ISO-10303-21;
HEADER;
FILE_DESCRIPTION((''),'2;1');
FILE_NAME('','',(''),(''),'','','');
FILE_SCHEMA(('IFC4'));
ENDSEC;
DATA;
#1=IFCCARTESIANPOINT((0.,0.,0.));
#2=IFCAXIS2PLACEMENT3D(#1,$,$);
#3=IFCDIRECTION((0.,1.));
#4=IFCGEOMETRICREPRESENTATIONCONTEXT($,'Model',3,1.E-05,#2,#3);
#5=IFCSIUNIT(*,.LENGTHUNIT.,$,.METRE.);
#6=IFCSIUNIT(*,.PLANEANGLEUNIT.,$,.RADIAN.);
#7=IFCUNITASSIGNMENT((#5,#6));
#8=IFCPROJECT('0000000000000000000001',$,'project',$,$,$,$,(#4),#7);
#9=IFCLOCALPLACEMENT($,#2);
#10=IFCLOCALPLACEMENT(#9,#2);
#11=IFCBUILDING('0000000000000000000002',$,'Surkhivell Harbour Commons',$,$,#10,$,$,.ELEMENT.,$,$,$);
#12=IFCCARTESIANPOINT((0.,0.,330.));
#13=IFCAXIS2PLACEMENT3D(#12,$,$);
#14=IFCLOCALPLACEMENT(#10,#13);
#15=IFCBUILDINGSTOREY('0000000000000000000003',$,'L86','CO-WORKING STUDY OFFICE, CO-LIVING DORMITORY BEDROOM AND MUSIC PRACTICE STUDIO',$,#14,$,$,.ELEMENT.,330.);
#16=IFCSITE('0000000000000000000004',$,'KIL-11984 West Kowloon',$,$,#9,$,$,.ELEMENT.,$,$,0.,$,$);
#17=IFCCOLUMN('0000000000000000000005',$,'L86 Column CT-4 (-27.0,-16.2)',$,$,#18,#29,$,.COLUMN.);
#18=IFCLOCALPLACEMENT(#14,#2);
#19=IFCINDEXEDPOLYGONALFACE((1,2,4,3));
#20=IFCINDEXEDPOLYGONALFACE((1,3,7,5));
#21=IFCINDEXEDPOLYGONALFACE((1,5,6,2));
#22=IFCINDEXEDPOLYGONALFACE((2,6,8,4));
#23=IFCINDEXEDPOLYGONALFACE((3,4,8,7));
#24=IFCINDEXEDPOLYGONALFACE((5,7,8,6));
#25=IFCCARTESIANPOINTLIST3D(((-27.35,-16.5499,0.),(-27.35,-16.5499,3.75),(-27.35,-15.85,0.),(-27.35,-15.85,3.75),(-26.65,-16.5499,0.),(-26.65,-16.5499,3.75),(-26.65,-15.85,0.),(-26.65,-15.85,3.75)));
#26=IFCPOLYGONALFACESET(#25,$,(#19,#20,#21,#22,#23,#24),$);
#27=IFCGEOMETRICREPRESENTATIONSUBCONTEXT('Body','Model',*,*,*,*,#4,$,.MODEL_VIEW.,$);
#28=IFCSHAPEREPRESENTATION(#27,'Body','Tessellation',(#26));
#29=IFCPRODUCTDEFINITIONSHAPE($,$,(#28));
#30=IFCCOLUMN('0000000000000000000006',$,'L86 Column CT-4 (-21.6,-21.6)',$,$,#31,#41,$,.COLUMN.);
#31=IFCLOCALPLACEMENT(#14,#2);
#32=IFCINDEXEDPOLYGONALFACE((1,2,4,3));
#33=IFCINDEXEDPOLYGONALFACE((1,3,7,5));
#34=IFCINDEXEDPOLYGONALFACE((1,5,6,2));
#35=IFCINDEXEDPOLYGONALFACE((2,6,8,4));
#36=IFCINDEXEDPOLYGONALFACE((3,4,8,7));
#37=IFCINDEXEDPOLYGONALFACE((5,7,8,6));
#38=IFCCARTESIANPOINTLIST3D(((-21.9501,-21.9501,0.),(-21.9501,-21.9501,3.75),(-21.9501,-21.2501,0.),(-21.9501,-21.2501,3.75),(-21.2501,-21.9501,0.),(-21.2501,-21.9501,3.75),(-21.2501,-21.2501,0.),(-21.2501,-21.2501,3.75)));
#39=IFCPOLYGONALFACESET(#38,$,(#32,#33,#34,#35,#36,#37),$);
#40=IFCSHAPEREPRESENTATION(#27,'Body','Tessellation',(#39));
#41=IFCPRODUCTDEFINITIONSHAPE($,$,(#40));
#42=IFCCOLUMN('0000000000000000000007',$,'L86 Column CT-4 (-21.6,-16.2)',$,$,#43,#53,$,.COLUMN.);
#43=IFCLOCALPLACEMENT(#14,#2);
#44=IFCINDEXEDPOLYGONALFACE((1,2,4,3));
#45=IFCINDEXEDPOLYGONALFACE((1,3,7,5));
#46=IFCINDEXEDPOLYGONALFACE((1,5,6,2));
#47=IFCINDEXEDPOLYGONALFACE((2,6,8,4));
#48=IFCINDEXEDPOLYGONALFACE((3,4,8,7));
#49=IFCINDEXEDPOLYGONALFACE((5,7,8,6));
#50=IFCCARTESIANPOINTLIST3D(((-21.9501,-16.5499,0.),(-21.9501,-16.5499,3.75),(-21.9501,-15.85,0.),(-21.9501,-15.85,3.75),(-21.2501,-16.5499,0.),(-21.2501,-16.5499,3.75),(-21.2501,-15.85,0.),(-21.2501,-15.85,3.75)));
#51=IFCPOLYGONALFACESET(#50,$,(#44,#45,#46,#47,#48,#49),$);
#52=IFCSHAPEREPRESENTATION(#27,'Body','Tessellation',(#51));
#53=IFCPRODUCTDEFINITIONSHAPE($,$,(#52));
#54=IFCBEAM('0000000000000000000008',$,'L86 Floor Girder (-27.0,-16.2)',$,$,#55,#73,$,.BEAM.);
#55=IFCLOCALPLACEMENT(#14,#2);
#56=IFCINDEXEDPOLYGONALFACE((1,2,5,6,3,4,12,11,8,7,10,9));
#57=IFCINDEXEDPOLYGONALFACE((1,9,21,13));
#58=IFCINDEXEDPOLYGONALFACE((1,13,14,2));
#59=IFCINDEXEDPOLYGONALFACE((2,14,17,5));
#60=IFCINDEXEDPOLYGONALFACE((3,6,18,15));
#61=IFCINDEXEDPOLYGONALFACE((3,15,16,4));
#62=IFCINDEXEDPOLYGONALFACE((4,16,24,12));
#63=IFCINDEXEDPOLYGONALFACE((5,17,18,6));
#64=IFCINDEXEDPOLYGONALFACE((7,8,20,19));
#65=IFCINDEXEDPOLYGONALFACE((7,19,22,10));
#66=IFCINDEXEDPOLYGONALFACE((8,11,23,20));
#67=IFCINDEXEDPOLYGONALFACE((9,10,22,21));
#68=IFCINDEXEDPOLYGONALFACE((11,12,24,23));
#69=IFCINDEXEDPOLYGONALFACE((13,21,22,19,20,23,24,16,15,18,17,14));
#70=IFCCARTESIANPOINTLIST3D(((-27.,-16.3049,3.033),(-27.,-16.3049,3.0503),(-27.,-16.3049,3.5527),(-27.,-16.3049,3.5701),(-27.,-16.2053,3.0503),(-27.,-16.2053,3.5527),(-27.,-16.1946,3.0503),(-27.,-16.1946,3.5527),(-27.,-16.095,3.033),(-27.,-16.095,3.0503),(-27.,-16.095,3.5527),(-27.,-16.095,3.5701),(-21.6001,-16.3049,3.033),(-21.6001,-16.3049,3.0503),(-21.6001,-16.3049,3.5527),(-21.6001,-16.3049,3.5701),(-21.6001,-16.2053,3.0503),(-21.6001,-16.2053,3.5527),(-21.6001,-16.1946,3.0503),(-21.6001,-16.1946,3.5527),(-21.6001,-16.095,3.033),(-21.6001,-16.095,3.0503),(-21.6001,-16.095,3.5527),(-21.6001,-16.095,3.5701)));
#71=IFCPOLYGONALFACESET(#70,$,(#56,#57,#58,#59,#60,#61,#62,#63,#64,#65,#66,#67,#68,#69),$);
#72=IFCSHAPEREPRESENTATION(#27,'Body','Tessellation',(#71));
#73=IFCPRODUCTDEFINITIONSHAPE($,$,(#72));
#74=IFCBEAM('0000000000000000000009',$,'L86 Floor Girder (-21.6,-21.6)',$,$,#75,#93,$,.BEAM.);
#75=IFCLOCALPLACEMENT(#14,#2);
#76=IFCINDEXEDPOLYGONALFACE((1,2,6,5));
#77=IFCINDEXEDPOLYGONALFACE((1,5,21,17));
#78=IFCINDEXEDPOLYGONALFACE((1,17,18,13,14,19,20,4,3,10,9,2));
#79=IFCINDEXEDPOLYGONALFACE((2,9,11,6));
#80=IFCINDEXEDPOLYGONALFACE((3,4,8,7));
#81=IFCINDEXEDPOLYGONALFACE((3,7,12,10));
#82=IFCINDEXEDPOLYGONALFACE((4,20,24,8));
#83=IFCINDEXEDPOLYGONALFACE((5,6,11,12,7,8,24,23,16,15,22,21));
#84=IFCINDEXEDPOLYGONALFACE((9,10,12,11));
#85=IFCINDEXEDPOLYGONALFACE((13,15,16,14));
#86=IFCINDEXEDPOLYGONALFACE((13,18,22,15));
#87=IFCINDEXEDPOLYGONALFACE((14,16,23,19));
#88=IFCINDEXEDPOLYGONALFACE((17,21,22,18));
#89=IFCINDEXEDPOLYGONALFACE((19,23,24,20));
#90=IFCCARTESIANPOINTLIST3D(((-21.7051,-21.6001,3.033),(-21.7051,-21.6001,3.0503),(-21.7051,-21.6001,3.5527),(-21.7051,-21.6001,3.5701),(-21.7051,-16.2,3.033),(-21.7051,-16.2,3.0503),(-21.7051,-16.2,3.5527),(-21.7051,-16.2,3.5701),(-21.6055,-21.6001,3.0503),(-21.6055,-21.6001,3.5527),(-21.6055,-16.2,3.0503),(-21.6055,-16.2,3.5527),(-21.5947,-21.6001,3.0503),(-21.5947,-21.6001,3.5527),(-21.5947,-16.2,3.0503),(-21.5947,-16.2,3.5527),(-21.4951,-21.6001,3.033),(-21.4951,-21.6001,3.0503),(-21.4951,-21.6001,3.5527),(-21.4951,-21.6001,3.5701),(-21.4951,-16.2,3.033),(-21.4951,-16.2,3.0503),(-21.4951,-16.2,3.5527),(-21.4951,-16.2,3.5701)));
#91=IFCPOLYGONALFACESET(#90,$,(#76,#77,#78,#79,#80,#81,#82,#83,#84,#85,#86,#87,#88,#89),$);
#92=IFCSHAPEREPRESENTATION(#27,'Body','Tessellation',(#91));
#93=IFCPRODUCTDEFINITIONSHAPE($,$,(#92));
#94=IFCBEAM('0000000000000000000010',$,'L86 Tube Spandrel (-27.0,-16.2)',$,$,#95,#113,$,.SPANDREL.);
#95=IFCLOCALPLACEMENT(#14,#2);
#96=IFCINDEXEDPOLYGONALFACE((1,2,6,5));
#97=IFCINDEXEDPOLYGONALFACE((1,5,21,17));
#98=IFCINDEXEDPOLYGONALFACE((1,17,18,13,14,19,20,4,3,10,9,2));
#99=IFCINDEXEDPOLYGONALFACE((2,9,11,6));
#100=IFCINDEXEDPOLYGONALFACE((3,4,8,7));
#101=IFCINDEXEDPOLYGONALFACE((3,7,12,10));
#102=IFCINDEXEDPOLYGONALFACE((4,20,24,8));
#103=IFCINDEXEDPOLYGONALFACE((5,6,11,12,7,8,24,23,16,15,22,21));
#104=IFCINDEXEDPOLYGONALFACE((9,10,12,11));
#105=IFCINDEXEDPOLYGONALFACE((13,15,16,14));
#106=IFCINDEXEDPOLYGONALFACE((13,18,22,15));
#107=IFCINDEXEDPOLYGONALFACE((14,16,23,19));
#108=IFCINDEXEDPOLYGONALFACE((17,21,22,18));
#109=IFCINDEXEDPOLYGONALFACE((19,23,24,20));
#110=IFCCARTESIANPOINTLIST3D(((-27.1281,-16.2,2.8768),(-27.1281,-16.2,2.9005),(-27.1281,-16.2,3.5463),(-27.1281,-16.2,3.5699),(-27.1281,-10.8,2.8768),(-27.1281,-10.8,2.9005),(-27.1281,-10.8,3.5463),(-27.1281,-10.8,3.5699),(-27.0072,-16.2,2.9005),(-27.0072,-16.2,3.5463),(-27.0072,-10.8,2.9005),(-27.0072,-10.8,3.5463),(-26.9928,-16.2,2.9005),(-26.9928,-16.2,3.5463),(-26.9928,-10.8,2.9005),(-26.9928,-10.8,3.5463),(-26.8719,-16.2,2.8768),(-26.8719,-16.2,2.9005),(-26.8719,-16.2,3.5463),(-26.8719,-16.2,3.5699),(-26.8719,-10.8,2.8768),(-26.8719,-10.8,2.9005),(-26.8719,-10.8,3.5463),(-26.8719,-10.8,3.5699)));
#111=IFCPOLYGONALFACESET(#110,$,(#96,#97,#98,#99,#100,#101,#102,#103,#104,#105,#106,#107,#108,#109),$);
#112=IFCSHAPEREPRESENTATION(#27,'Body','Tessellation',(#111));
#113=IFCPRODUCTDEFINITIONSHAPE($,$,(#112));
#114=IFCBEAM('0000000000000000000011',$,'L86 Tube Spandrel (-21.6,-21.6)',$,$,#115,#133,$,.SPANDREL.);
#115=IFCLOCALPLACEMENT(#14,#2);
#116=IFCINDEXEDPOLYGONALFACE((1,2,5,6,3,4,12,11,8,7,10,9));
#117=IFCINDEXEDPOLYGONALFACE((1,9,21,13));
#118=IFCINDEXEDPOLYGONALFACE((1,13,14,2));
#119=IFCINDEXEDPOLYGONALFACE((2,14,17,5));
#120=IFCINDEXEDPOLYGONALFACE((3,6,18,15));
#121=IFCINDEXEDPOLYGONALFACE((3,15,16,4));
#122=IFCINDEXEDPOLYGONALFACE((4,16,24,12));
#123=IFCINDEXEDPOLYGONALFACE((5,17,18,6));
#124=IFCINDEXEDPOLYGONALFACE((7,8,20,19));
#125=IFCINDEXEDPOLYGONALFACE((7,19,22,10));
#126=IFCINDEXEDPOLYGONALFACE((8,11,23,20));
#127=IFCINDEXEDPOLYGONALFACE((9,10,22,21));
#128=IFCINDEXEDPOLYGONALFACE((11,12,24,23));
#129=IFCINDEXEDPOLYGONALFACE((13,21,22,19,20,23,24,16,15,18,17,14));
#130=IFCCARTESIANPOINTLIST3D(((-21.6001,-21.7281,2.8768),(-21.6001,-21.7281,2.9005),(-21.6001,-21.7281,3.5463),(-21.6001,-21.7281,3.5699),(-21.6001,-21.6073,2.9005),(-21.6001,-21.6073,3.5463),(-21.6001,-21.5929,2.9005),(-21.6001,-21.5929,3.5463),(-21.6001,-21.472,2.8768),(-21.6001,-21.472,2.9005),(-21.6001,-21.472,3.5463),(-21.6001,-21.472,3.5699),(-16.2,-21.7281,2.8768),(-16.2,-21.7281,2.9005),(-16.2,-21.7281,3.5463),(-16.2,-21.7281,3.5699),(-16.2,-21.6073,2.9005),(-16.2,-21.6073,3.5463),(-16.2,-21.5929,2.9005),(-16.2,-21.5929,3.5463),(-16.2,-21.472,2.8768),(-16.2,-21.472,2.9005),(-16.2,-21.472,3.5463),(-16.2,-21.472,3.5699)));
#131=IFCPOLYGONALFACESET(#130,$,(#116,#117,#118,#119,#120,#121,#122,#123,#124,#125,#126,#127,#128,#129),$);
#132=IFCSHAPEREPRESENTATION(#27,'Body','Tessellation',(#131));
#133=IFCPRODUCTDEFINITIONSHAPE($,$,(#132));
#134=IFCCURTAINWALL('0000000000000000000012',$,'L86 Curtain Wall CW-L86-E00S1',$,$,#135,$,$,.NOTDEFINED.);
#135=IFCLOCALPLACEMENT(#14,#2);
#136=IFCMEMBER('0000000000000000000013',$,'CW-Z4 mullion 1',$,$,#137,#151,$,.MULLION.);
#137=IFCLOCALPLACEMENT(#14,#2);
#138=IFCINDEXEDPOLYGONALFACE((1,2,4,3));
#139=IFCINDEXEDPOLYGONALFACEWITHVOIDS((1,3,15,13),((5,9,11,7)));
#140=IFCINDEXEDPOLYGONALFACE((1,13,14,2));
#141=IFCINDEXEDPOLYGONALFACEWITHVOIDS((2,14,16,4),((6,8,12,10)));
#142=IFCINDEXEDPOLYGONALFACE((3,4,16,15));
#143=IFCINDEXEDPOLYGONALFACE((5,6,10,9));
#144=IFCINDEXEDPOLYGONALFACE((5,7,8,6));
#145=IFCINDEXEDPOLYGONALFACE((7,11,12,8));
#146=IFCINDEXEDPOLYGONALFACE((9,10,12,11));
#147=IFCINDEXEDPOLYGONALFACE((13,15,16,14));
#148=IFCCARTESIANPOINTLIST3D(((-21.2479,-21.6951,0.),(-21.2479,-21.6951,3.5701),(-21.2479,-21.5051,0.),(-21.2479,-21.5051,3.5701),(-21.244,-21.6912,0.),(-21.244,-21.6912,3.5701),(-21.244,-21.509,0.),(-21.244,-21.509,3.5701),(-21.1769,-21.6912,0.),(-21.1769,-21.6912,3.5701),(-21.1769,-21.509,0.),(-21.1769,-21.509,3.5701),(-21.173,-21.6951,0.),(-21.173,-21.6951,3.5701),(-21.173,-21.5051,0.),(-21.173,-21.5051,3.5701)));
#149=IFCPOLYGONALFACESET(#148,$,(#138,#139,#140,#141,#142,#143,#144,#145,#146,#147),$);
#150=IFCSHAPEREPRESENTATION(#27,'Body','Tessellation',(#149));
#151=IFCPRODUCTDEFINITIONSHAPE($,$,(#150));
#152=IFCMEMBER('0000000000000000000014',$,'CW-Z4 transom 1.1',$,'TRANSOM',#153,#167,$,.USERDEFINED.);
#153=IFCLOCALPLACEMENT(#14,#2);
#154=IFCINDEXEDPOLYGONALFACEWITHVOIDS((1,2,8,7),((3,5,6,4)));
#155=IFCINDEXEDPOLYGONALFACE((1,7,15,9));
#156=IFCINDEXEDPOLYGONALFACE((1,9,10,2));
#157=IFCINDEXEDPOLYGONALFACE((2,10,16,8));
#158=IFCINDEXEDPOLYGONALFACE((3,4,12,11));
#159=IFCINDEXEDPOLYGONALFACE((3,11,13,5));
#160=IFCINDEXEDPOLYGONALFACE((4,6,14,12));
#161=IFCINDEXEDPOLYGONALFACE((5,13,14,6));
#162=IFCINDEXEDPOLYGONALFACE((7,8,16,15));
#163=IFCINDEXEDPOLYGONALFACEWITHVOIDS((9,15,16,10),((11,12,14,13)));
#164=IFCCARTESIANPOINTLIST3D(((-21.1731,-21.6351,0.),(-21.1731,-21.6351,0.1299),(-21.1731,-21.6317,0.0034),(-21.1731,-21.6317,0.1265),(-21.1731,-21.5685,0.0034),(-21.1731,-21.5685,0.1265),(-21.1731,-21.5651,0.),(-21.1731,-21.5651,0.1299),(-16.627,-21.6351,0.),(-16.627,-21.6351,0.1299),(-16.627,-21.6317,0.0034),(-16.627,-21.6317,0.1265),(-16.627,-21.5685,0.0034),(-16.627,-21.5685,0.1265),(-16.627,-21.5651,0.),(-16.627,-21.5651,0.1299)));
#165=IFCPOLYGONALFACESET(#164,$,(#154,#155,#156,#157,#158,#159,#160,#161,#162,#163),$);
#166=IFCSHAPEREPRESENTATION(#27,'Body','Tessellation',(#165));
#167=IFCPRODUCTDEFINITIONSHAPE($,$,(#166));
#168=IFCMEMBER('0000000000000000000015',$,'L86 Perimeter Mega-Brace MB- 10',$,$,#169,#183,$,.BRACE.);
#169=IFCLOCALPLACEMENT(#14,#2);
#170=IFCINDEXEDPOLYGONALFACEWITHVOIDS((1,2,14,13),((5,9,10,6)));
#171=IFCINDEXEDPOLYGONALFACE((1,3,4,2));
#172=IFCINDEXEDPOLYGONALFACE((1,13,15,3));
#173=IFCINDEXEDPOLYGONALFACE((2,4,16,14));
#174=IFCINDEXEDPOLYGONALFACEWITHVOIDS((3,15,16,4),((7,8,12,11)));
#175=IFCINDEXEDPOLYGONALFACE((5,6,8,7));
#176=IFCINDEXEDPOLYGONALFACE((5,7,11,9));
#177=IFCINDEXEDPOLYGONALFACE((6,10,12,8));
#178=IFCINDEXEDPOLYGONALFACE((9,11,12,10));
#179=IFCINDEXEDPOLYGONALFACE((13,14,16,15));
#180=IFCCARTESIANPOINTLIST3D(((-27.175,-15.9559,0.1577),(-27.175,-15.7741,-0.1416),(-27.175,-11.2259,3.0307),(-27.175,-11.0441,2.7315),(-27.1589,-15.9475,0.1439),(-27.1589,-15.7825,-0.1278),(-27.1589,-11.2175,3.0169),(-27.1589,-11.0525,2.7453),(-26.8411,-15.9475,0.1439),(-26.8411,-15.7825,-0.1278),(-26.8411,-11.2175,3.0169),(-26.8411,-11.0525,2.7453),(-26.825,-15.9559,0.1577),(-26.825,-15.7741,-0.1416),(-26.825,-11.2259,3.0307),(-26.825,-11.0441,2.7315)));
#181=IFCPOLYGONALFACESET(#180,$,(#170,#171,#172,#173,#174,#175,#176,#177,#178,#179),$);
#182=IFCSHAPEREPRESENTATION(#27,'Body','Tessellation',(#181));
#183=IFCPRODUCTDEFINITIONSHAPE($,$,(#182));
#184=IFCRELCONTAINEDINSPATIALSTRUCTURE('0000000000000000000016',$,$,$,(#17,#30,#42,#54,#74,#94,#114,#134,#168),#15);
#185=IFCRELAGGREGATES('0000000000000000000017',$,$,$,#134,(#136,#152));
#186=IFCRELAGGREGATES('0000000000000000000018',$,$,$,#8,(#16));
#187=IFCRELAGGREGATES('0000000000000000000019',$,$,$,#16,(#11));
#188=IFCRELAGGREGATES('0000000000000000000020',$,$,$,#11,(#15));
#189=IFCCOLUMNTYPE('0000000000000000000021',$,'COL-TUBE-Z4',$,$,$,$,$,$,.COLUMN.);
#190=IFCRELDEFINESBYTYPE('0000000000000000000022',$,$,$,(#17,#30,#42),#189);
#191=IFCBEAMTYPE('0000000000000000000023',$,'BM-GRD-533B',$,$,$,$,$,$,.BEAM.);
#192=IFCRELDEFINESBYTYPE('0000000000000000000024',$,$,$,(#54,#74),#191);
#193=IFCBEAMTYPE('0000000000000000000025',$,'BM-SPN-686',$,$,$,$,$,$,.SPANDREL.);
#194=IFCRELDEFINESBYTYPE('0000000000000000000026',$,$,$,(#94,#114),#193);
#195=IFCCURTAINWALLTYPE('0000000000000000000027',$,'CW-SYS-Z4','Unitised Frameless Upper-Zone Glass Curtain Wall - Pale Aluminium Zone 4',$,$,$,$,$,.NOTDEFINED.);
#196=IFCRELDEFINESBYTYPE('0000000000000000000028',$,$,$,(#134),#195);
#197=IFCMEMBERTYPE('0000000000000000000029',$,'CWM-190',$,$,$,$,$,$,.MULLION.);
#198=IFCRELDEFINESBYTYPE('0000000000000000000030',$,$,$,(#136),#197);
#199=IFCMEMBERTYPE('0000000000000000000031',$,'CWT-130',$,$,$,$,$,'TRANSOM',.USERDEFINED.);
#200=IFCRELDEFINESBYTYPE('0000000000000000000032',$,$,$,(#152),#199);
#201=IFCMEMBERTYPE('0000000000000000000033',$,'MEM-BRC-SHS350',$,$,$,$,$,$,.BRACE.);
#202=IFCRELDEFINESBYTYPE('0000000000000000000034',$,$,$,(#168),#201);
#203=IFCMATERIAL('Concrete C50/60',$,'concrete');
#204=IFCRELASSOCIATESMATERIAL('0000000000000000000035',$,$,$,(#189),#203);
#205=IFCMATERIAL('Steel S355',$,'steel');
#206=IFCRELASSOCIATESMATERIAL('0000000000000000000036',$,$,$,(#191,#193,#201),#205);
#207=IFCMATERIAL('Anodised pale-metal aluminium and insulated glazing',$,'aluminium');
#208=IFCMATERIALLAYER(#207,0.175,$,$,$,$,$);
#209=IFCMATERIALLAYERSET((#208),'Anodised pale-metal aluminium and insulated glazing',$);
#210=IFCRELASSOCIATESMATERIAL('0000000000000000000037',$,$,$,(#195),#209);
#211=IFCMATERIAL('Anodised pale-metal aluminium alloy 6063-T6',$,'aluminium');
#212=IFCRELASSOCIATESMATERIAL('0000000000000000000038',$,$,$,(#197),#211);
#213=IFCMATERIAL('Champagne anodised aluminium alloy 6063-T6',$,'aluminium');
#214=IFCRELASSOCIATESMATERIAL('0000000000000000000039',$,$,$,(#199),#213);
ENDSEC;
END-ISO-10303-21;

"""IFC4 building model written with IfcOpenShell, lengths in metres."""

from ifc_helpers import new_model, si_unit, direction, frame, origin, origin_2d, place, context, subcontext, project, spatial, rectangle, hollow_rectangle, i_section, extrude, material, layer, layer_set, material_profile, profile_set, type_object, element, aggregate, save


model = new_model("IFC4")

# Units and contexts
model_context = context("Model", 3, precision=1e-05, world=origin(), true_north=direction((0.0, 1.0)))
body_context = subcontext(model_context, "Body", "Model", "MODEL_VIEW")
ifc_project = project(units=[si_unit("LENGTHUNIT", "METRE"), si_unit("PLANEANGLEUNIT", "RADIAN")], contexts=[model_context])

# Site, building, storey
site_placement = place(None, origin())
site = spatial("IfcSite", under=ifc_project, at=site_placement, Name="KIL-11984 West Kowloon", CompositionType="ELEMENT", RefElevation=0.0)
building_placement = place(site_placement, origin())
building = spatial("IfcBuilding", under=site, at=building_placement, Name="Surkhivell Harbour Commons", CompositionType="ELEMENT")
storey_placement = place(building_placement, frame((0.0, 0.0, 330.0)))
storey = spatial("IfcBuildingStorey", under=building, at=storey_placement, Name="L86", Description="CO-WORKING STUDY OFFICE, CO-LIVING DORMITORY BEDROOM AND MUSIC PRACTICE STUDIO", CompositionType="ELEMENT", Elevation=330.0)

# Columns
ifc_material_1 = material(Name="Concrete C50/60", Category="concrete")
ifc_material_profile_1 = material_profile(ifc_material_1, rectangle(XDim=0.7, YDim=0.7, at=origin_2d()), Name="RC-COL-700x700")
ifc_profile_set_1 = profile_set([ifc_material_profile_1], Name="Concrete C50/60")
column_type = type_object("IfcColumnType", Name="COL-TUBE-Z4", PredefinedType="COLUMN", material=ifc_profile_set_1)
for number, where, z_axis, x_axis, name in (
    (1, (-27.0, -16.2, 0.0), (0.0, 0.0, 1.0), (1.0, 0.0, 0.0), "L86 Column CT-4 (-27.0,-16.2)"),
    (2, (-21.6001, -21.6001, 0.0), (0.0, 0.0, 1.0), (1.0, 0.0, 0.0), "L86 Column CT-4 (-21.6,-21.6)"),
    (3, (-21.6001, -16.2, 0.0), (0.0, 0.0, 1.0), (1.0, 0.0, 0.0), "L86 Column CT-4 (-21.6,-16.2)"),
):
    element("IfcColumn", number, at=place(storey_placement, frame(where, z_axis=z_axis, x_axis=x_axis)), inside=storey, type_object=column_type, Name=name, PredefinedType="COLUMN", context=body_context, shape_type="SweptSolid", body=[
        extrude(rectangle(XDim=0.7, YDim=0.7, at=origin_2d()), origin(), (0.0, 0.0, 1.0), 3.75),
    ])

# Beams
ifc_material_2 = material(Name="Steel S355", Category="steel")
ifc_material_profile_2 = material_profile(ifc_material_2, i_section(OverallWidth=0.21, OverallDepth=0.5371, WebThickness=0.0107, FlangeThickness=0.0173, at=origin_2d()), Name="UB533x210x101")
ifc_profile_set_2 = profile_set([ifc_material_profile_2], Name="Steel S355")
beam_type_1 = type_object("IfcBeamType", Name="BM-GRD-533B", PredefinedType="BEAM", material=ifc_profile_set_2)
beam_1_placement = place(storey_placement, frame((-27.0, -16.2, 3.3015), z_axis=(1.0, 0.0, 0.0), x_axis=(0.0, 1.0, 0.0)))
element("IfcBeam", 4, at=beam_1_placement, inside=storey, type_object=beam_type_1, Name="L86 Floor Girder (-27.0,-16.2)", PredefinedType="BEAM", context=body_context, shape_type="SweptSolid", body=[
    extrude(i_section(OverallWidth=0.21, OverallDepth=0.5371, WebThickness=0.0107, FlangeThickness=0.0173, at=origin_2d()), origin(), (0.0, 0.0, 1.0), 5.3999),
])
beam_2_placement = place(storey_placement, frame((-21.6001, -21.6001, 3.3015), z_axis=(0.0, 1.0, 0.0), x_axis=(-1.0, 0.0, 0.0)))
element("IfcBeam", 5, at=beam_2_placement, inside=storey, type_object=beam_type_1, Name="L86 Floor Girder (-21.6,-21.6)", PredefinedType="BEAM", context=body_context, shape_type="SweptSolid", body=[
    extrude(i_section(OverallWidth=0.21, OverallDepth=0.5371, WebThickness=0.0107, FlangeThickness=0.0173, at=origin_2d()), origin(), (0.0, 0.0, 1.0), 5.4001),
])
ifc_material_profile_3 = material_profile(ifc_material_2, i_section(OverallWidth=0.2561, OverallDepth=0.6931, WebThickness=0.0144, FlangeThickness=0.0237, at=origin_2d()), Name="UB686x254x170")
ifc_profile_set_3 = profile_set([ifc_material_profile_3], Name="Steel S355")
beam_type_2 = type_object("IfcBeamType", Name="BM-SPN-686", PredefinedType="SPANDREL", material=ifc_profile_set_3)
beam_3_placement = place(storey_placement, frame((-27.0, -16.2, 3.2234), z_axis=(0.0, 1.0, 0.0), x_axis=(-1.0, 0.0, 0.0)))
element("IfcBeam", 6, at=beam_3_placement, inside=storey, type_object=beam_type_2, Name="L86 Tube Spandrel (-27.0,-16.2)", PredefinedType="SPANDREL", context=body_context, shape_type="SweptSolid", body=[
    extrude(i_section(OverallWidth=0.2561, OverallDepth=0.6931, WebThickness=0.0144, FlangeThickness=0.0237, at=origin_2d()), origin(), (0.0, 0.0, 1.0), 5.3999),
])
beam_4_placement = place(storey_placement, frame((-21.6001, -21.6001, 3.2234), z_axis=(1.0, 0.0, 0.0), x_axis=(0.0, 1.0, 0.0)))
element("IfcBeam", 7, at=beam_4_placement, inside=storey, type_object=beam_type_2, Name="L86 Tube Spandrel (-21.6,-21.6)", PredefinedType="SPANDREL", context=body_context, shape_type="SweptSolid", body=[
    extrude(i_section(OverallWidth=0.2561, OverallDepth=0.6931, WebThickness=0.0144, FlangeThickness=0.0237, at=origin_2d()), origin(), (0.0, 0.0, 1.0), 5.4001),
])

# Curtain wall, members
ifc_material_3 = material(Name="Anodised pale-metal aluminium and insulated glazing", Category="aluminium")
ifc_layer_1 = layer(ifc_material_3, 0.175)
ifc_layer_set_1 = layer_set([ifc_layer_1], Name="Anodised pale-metal aluminium and insulated glazing")
curtain_wall_type = type_object("IfcCurtainWallType", Name="CW-SYS-Z4", Description="Unitised Frameless Upper-Zone Glass Curtain Wall - Pale Aluminium Zone 4", PredefinedType="NOTDEFINED", material=ifc_layer_set_1)
curtain_wall_placement = place(storey_placement, origin())
curtain_wall = element("IfcCurtainWall", 8, at=curtain_wall_placement, inside=storey, type_object=curtain_wall_type, Name="L86 Curtain Wall CW-L86-E00S1", PredefinedType="NOTDEFINED")
ifc_material_4 = material(Name="Anodised pale-metal aluminium alloy 6063-T6", Category="aluminium")
ifc_material_profile_4 = material_profile(ifc_material_4, hollow_rectangle(XDim=0.075, YDim=0.1899, WallThickness=0.0039, at=origin_2d()), Name="ALU-MULL-75x190")
ifc_profile_set_4 = profile_set([ifc_material_profile_4], Name="Anodised pale-metal aluminium alloy 6063-T6")
member_type_1 = type_object("IfcMemberType", Name="CWM-190", PredefinedType="MULLION", material=ifc_profile_set_4)
member_1_placement = place(storey_placement, frame((-21.2104, -21.6001, 0.0), z_axis=(0.0, 0.0, 1.0), x_axis=(1.0, 0.0, 0.0)))
member_1 = element("IfcMember", 9, at=member_1_placement, type_object=member_type_1, Name="CW-Z4 mullion 1", PredefinedType="MULLION", context=body_context, shape_type="SweptSolid", body=[
    extrude(hollow_rectangle(XDim=0.075, YDim=0.1899, WallThickness=0.0039, at=origin_2d()), origin(), (0.0, 0.0, 1.0), 3.5701),
])
ifc_material_5 = material(Name="Champagne anodised aluminium alloy 6063-T6", Category="aluminium")
ifc_material_profile_5 = material_profile(ifc_material_5, hollow_rectangle(XDim=0.0701, YDim=0.1299, WallThickness=0.0034, at=origin_2d()), Name="ALU-TRAN-70x130")
ifc_profile_set_5 = profile_set([ifc_material_profile_5], Name="Champagne anodised aluminium alloy 6063-T6")
member_type_2 = type_object("IfcMemberType", Name="CWT-130", ElementType="TRANSOM", PredefinedType="USERDEFINED", material=ifc_profile_set_5)
member_2_placement = place(storey_placement, frame((-21.1731, -21.6001, 0.0649), z_axis=(1.0, 0.0, 0.0), x_axis=(0.0, 1.0, 0.0)))
member_2 = element("IfcMember", 10, at=member_2_placement, type_object=member_type_2, Name="CW-Z4 transom 1.1", ObjectType="TRANSOM", PredefinedType="USERDEFINED", context=body_context, shape_type="SweptSolid", body=[
    extrude(hollow_rectangle(XDim=0.0701, YDim=0.1299, WallThickness=0.0034, at=origin_2d()), origin(), (0.0, 0.0, 1.0), 4.5461),
])

# Member
ifc_material_profile_6 = material_profile(ifc_material_2, hollow_rectangle(XDim=0.3501, YDim=0.3501, WallThickness=0.0161, at=origin_2d()), Name="SHS350x350x16")
ifc_profile_set_6 = profile_set([ifc_material_profile_6], Name="Steel S355")
member_type_3 = type_object("IfcMemberType", Name="MEM-BRC-SHS350", PredefinedType="BRACE", material=ifc_profile_set_6)
member_3_placement = place(storey_placement, frame((-27.0, -15.865, 0.0081), z_axis=(0.0, 0.854685, 0.519146), x_axis=(-1.0, 0.0, 0.0)))
element("IfcMember", 11, at=member_3_placement, inside=storey, type_object=member_type_3, Name="L86 Perimeter Mega-Brace MB- 10", PredefinedType="BRACE", context=body_context, shape_type="SweptSolid", body=[
    extrude(hollow_rectangle(XDim=0.3501, YDim=0.3501, WallThickness=0.0161, at=origin_2d()), origin(), (0.0, 0.0, 1.0), 5.5342),
])

aggregate(curtain_wall, [member_1, member_2])

save(model, "model.ifc")
